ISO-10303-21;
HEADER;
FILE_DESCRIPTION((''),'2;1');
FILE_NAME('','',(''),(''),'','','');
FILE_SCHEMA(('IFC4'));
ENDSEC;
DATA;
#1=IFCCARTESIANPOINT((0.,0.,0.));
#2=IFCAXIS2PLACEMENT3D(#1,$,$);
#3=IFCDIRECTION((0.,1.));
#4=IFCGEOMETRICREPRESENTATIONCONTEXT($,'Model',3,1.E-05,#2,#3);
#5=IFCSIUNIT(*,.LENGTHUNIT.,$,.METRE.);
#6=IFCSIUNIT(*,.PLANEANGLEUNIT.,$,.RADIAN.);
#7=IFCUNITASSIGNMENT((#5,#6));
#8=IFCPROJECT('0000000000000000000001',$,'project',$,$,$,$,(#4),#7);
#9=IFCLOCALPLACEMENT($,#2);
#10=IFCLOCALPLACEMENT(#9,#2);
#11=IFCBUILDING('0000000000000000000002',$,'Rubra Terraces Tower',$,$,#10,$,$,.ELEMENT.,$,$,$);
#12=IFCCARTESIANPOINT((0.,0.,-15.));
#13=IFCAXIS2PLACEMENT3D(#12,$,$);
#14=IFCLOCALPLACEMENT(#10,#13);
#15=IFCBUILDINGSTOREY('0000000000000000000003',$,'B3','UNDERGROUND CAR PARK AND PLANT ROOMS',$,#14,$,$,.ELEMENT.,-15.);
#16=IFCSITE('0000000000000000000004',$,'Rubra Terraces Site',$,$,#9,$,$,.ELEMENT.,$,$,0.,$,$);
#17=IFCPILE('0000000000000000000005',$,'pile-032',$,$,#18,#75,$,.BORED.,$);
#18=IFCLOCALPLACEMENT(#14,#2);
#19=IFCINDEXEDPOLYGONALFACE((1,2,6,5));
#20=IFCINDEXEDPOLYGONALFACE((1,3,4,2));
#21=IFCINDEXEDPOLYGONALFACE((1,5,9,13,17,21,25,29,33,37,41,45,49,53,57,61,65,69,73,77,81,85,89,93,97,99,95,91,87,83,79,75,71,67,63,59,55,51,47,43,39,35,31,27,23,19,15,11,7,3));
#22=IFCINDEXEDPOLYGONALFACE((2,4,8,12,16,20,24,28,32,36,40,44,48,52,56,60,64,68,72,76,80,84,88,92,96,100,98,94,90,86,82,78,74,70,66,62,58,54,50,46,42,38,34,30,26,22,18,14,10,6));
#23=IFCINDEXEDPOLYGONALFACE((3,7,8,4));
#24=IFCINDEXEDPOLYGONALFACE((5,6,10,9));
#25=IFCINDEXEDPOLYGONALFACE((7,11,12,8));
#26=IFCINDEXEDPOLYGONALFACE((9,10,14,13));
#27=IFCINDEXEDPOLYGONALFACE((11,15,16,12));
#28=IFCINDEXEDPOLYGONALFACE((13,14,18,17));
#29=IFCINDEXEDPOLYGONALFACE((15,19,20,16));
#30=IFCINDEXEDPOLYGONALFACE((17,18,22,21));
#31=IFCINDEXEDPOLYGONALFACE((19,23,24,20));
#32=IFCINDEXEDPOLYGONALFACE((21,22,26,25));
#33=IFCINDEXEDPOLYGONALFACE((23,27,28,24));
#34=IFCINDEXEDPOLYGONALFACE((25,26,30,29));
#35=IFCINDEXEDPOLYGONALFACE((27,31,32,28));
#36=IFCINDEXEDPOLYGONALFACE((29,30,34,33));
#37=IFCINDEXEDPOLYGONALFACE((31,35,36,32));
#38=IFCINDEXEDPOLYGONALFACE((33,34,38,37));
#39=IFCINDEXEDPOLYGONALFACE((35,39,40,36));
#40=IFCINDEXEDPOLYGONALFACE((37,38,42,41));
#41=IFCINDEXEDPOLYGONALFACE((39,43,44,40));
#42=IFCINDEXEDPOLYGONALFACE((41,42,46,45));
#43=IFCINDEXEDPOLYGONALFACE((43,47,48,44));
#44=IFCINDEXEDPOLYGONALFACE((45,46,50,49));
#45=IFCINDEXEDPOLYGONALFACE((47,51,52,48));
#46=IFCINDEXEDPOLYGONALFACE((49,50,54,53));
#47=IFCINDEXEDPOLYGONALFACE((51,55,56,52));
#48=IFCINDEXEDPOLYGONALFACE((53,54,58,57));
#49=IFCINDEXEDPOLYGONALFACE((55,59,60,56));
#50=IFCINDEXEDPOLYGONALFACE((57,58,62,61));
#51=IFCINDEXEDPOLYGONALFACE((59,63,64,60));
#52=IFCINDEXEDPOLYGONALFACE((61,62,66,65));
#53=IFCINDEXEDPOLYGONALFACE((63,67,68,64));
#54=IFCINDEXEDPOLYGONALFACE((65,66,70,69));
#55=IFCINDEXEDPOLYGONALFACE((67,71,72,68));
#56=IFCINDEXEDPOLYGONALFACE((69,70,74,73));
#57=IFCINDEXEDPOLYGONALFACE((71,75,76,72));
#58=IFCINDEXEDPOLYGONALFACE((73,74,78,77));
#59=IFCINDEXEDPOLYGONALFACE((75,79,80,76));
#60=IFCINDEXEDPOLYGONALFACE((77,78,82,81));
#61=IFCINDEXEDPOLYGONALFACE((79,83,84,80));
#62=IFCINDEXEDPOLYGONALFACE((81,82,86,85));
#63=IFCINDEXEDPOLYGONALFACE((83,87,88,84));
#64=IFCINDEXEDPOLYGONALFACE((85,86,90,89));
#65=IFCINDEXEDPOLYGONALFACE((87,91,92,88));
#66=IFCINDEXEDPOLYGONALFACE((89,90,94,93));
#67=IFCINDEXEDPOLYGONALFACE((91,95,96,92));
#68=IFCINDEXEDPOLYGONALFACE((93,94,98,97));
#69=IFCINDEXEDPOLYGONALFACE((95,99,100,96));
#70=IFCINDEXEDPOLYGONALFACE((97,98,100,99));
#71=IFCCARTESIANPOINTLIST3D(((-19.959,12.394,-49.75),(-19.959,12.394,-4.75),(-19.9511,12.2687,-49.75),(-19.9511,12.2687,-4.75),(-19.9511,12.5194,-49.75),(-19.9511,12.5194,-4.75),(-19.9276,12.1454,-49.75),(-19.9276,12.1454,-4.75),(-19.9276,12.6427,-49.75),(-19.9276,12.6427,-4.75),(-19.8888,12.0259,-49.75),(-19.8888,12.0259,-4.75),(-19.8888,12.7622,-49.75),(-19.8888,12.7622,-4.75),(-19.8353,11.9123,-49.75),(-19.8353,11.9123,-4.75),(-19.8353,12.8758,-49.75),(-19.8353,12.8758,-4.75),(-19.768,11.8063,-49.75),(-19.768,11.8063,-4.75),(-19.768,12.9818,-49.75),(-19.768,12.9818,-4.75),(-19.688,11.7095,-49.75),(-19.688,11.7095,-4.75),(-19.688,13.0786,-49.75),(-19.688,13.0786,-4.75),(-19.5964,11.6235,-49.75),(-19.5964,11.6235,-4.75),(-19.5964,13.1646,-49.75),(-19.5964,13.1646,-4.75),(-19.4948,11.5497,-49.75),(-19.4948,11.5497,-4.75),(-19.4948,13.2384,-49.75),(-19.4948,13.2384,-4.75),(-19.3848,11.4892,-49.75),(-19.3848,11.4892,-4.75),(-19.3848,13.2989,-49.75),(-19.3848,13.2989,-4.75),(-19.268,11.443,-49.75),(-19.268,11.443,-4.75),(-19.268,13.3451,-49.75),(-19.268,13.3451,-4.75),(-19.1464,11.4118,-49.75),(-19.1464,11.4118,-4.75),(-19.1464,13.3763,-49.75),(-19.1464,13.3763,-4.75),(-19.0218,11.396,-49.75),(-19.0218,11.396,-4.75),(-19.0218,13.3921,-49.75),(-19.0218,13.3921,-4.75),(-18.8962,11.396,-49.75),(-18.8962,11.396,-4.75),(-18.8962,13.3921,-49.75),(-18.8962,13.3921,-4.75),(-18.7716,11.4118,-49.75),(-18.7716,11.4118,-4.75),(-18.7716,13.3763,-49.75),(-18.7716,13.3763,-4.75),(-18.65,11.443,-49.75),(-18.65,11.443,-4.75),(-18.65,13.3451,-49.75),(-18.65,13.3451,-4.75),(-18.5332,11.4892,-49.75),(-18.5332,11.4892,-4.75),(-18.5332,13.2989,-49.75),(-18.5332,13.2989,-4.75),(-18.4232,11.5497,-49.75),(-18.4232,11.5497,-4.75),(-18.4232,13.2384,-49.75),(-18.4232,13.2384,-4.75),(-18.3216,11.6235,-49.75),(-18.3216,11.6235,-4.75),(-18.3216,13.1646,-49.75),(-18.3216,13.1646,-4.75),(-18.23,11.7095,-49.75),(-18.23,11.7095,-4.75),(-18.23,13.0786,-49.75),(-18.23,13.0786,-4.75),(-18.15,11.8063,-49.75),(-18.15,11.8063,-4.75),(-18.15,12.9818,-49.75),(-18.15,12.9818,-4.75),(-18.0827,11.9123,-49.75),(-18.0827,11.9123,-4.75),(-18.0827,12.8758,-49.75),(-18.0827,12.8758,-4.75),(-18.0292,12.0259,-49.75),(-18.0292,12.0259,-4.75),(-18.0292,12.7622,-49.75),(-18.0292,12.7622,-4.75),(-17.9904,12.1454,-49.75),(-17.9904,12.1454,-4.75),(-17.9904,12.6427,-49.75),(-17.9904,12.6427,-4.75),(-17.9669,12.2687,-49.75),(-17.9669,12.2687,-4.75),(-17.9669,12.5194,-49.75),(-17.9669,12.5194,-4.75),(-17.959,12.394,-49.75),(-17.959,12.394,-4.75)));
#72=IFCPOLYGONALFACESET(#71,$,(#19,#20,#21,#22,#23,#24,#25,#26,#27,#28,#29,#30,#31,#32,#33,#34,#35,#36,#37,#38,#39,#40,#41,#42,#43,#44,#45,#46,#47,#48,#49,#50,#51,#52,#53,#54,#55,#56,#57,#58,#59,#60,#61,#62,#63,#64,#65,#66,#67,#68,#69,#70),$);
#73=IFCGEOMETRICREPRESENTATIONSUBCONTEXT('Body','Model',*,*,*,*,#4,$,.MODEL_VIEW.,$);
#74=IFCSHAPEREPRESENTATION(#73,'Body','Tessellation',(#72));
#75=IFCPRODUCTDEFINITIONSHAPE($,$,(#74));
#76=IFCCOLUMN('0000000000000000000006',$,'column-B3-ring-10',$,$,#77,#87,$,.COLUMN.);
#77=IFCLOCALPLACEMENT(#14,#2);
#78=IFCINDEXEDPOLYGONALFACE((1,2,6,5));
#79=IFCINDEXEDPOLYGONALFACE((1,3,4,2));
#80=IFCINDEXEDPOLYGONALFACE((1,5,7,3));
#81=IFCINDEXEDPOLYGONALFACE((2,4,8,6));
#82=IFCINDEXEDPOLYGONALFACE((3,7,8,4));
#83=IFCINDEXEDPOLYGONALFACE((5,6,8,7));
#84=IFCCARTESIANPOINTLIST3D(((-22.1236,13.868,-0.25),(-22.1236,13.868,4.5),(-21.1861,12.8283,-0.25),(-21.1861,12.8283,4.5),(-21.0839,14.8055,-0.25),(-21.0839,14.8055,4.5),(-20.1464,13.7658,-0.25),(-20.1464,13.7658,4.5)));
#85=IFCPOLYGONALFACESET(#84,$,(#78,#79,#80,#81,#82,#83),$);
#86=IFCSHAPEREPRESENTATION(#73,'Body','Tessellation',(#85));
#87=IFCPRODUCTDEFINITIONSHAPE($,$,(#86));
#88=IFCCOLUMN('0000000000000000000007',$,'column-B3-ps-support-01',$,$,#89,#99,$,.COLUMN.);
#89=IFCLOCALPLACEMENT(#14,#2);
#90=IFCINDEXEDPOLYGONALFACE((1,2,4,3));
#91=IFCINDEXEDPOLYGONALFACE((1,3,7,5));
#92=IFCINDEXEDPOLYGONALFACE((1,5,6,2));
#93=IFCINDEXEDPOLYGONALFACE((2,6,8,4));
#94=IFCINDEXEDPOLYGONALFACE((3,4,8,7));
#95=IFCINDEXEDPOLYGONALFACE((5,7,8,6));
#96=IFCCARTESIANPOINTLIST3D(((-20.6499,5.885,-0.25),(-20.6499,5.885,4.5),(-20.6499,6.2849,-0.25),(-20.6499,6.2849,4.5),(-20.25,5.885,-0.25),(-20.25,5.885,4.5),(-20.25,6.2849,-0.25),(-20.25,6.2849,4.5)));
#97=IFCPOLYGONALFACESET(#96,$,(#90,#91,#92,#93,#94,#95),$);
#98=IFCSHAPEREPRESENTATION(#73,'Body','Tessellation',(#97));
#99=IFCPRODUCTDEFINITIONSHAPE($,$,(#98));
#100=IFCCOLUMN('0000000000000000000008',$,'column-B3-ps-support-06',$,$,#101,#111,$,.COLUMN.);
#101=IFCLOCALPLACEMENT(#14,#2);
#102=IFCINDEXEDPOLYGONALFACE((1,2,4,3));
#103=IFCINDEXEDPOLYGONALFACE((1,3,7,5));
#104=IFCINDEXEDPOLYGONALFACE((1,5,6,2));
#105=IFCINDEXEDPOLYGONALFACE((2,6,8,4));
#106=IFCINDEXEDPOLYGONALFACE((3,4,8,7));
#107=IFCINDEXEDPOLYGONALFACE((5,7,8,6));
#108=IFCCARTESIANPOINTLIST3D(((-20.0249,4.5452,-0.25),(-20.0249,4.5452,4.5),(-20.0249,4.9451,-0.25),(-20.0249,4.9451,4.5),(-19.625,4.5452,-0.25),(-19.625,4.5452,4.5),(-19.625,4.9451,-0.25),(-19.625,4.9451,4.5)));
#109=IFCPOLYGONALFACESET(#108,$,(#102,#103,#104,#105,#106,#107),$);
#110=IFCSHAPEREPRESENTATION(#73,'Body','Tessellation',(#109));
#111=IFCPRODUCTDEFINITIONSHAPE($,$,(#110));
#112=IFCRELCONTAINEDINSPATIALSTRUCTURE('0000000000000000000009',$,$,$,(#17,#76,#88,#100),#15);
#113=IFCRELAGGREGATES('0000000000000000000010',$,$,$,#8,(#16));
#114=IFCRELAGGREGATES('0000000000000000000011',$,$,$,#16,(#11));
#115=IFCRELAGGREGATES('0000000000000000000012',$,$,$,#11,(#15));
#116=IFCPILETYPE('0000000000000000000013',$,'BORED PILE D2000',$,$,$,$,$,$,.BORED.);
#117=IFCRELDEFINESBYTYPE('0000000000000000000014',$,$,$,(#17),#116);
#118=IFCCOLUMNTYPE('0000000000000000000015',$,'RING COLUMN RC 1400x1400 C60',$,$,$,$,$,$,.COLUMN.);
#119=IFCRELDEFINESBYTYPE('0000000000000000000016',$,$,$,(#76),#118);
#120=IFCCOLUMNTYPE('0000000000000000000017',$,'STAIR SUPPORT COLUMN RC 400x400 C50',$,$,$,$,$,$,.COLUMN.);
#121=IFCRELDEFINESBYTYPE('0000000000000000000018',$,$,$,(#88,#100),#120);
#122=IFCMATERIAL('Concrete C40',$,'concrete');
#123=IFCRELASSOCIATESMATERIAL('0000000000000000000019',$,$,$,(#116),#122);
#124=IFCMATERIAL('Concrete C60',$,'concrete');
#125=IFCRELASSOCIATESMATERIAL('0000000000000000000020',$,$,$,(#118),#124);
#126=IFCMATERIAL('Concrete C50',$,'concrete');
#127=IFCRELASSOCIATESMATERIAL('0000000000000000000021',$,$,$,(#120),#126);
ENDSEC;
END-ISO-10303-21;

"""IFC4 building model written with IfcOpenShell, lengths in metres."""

from ifc_helpers import new_model, si_unit, direction, frame, origin, origin_2d, place, context, subcontext, project, spatial, rectangle, circle, extrude, material, material_profile, profile_set, type_object, element, save


model = new_model("IFC4")

# Units and contexts
model_context = context("Model", 3, precision=1e-05, world=origin(), true_north=direction((0.0, 1.0)))
body_context = subcontext(model_context, "Body", "Model", "MODEL_VIEW")
ifc_project = project(units=[si_unit("LENGTHUNIT", "METRE"), si_unit("PLANEANGLEUNIT", "RADIAN")], contexts=[model_context])

# Site, building, storey
site_placement = place(None, origin())
site = spatial("IfcSite", under=ifc_project, at=site_placement, Name="Rubra Terraces Site", CompositionType="ELEMENT", RefElevation=0.0)
building_placement = place(site_placement, origin())
building = spatial("IfcBuilding", under=site, at=building_placement, Name="Rubra Terraces Tower", CompositionType="ELEMENT")
storey_placement = place(building_placement, frame((0.0, 0.0, -15.0)))
storey = spatial("IfcBuildingStorey", under=building, at=storey_placement, Name="B3", Description="UNDERGROUND CAR PARK AND PLANT ROOMS", CompositionType="ELEMENT", Elevation=-15.0)

# Pile
ifc_material_1 = material(Name="Concrete C40", Category="concrete")
ifc_material_profile_1 = material_profile(ifc_material_1, circle(Radius=1.0, at=origin_2d()), Name="BORED PILE D2000")
ifc_profile_set_1 = profile_set([ifc_material_profile_1], Name="Concrete C40")
pile_type = type_object("IfcPileType", Name="BORED PILE D2000", PredefinedType="BORED", material=ifc_profile_set_1)
for number, where, z_axis, x_axis, name in (
    (1, (-18.959, 12.394, -4.75), (0.0, 0.0, -1.0), (1.0, 0.0, 0.0), "pile-032"),
):
    element("IfcPile", number, at=place(storey_placement, frame(where, z_axis=z_axis, x_axis=x_axis)), inside=storey, type_object=pile_type, Name=name, PredefinedType="BORED", context=body_context, shape_type="SweptSolid", body=[
        extrude(circle(Radius=1.0, at=origin_2d()), origin(), (0.0, 0.0, 1.0), 45.0),
    ])

# Columns
ifc_material_2 = material(Name="Concrete C60", Category="concrete")
ifc_material_profile_2 = material_profile(ifc_material_2, rectangle(XDim=1.3999, YDim=1.3999, at=origin_2d()), Name="RC 1400x1400")
ifc_profile_set_2 = profile_set([ifc_material_profile_2], Name="Concrete C60")
column_type_1 = type_object("IfcColumnType", Name="RING COLUMN RC 1400x1400 C60", PredefinedType="COLUMN", material=ifc_profile_set_2)
column_placement = place(storey_placement, frame((-21.135, 13.8169, -0.25), z_axis=(0.0, 0.0, 1.0), x_axis=(-0.742676, -0.669651, 0.0)))
element("IfcColumn", 2, at=column_placement, inside=storey, type_object=column_type_1, Name="column-B3-ring-10", PredefinedType="COLUMN", context=body_context, shape_type="SweptSolid", body=[
    extrude(rectangle(XDim=1.3999, YDim=1.3999, at=origin_2d()), origin(), (0.0, 0.0, 1.0), 4.75),
])
ifc_material_3 = material(Name="Concrete C50", Category="concrete")
ifc_material_profile_3 = material_profile(ifc_material_3, rectangle(XDim=0.3999, YDim=0.3999, at=origin_2d()), Name="RC 400x400")
ifc_profile_set_3 = profile_set([ifc_material_profile_3], Name="Concrete C50")
column_type_2 = type_object("IfcColumnType", Name="STAIR SUPPORT COLUMN RC 400x400 C50", PredefinedType="COLUMN", material=ifc_profile_set_3)
for number, where, z_axis, x_axis, name in (
    (3, (-20.45, 6.085, -0.25), (0.0, 0.0, 1.0), (1.0, 0.0, 0.0), "column-B3-ps-support-01"),
    (4, (-19.825, 4.7451, -0.25), (0.0, 0.0, 1.0), (1.0, 0.0, 0.0), "column-B3-ps-support-06"),
):
    element("IfcColumn", number, at=place(storey_placement, frame(where, z_axis=z_axis, x_axis=x_axis)), inside=storey, type_object=column_type_2, Name=name, PredefinedType="COLUMN", context=body_context, shape_type="SweptSolid", body=[
        extrude(rectangle(XDim=0.3999, YDim=0.3999, at=origin_2d()), origin(), (0.0, 0.0, 1.0), 4.75),
    ])

save(model, "model.ifc")
